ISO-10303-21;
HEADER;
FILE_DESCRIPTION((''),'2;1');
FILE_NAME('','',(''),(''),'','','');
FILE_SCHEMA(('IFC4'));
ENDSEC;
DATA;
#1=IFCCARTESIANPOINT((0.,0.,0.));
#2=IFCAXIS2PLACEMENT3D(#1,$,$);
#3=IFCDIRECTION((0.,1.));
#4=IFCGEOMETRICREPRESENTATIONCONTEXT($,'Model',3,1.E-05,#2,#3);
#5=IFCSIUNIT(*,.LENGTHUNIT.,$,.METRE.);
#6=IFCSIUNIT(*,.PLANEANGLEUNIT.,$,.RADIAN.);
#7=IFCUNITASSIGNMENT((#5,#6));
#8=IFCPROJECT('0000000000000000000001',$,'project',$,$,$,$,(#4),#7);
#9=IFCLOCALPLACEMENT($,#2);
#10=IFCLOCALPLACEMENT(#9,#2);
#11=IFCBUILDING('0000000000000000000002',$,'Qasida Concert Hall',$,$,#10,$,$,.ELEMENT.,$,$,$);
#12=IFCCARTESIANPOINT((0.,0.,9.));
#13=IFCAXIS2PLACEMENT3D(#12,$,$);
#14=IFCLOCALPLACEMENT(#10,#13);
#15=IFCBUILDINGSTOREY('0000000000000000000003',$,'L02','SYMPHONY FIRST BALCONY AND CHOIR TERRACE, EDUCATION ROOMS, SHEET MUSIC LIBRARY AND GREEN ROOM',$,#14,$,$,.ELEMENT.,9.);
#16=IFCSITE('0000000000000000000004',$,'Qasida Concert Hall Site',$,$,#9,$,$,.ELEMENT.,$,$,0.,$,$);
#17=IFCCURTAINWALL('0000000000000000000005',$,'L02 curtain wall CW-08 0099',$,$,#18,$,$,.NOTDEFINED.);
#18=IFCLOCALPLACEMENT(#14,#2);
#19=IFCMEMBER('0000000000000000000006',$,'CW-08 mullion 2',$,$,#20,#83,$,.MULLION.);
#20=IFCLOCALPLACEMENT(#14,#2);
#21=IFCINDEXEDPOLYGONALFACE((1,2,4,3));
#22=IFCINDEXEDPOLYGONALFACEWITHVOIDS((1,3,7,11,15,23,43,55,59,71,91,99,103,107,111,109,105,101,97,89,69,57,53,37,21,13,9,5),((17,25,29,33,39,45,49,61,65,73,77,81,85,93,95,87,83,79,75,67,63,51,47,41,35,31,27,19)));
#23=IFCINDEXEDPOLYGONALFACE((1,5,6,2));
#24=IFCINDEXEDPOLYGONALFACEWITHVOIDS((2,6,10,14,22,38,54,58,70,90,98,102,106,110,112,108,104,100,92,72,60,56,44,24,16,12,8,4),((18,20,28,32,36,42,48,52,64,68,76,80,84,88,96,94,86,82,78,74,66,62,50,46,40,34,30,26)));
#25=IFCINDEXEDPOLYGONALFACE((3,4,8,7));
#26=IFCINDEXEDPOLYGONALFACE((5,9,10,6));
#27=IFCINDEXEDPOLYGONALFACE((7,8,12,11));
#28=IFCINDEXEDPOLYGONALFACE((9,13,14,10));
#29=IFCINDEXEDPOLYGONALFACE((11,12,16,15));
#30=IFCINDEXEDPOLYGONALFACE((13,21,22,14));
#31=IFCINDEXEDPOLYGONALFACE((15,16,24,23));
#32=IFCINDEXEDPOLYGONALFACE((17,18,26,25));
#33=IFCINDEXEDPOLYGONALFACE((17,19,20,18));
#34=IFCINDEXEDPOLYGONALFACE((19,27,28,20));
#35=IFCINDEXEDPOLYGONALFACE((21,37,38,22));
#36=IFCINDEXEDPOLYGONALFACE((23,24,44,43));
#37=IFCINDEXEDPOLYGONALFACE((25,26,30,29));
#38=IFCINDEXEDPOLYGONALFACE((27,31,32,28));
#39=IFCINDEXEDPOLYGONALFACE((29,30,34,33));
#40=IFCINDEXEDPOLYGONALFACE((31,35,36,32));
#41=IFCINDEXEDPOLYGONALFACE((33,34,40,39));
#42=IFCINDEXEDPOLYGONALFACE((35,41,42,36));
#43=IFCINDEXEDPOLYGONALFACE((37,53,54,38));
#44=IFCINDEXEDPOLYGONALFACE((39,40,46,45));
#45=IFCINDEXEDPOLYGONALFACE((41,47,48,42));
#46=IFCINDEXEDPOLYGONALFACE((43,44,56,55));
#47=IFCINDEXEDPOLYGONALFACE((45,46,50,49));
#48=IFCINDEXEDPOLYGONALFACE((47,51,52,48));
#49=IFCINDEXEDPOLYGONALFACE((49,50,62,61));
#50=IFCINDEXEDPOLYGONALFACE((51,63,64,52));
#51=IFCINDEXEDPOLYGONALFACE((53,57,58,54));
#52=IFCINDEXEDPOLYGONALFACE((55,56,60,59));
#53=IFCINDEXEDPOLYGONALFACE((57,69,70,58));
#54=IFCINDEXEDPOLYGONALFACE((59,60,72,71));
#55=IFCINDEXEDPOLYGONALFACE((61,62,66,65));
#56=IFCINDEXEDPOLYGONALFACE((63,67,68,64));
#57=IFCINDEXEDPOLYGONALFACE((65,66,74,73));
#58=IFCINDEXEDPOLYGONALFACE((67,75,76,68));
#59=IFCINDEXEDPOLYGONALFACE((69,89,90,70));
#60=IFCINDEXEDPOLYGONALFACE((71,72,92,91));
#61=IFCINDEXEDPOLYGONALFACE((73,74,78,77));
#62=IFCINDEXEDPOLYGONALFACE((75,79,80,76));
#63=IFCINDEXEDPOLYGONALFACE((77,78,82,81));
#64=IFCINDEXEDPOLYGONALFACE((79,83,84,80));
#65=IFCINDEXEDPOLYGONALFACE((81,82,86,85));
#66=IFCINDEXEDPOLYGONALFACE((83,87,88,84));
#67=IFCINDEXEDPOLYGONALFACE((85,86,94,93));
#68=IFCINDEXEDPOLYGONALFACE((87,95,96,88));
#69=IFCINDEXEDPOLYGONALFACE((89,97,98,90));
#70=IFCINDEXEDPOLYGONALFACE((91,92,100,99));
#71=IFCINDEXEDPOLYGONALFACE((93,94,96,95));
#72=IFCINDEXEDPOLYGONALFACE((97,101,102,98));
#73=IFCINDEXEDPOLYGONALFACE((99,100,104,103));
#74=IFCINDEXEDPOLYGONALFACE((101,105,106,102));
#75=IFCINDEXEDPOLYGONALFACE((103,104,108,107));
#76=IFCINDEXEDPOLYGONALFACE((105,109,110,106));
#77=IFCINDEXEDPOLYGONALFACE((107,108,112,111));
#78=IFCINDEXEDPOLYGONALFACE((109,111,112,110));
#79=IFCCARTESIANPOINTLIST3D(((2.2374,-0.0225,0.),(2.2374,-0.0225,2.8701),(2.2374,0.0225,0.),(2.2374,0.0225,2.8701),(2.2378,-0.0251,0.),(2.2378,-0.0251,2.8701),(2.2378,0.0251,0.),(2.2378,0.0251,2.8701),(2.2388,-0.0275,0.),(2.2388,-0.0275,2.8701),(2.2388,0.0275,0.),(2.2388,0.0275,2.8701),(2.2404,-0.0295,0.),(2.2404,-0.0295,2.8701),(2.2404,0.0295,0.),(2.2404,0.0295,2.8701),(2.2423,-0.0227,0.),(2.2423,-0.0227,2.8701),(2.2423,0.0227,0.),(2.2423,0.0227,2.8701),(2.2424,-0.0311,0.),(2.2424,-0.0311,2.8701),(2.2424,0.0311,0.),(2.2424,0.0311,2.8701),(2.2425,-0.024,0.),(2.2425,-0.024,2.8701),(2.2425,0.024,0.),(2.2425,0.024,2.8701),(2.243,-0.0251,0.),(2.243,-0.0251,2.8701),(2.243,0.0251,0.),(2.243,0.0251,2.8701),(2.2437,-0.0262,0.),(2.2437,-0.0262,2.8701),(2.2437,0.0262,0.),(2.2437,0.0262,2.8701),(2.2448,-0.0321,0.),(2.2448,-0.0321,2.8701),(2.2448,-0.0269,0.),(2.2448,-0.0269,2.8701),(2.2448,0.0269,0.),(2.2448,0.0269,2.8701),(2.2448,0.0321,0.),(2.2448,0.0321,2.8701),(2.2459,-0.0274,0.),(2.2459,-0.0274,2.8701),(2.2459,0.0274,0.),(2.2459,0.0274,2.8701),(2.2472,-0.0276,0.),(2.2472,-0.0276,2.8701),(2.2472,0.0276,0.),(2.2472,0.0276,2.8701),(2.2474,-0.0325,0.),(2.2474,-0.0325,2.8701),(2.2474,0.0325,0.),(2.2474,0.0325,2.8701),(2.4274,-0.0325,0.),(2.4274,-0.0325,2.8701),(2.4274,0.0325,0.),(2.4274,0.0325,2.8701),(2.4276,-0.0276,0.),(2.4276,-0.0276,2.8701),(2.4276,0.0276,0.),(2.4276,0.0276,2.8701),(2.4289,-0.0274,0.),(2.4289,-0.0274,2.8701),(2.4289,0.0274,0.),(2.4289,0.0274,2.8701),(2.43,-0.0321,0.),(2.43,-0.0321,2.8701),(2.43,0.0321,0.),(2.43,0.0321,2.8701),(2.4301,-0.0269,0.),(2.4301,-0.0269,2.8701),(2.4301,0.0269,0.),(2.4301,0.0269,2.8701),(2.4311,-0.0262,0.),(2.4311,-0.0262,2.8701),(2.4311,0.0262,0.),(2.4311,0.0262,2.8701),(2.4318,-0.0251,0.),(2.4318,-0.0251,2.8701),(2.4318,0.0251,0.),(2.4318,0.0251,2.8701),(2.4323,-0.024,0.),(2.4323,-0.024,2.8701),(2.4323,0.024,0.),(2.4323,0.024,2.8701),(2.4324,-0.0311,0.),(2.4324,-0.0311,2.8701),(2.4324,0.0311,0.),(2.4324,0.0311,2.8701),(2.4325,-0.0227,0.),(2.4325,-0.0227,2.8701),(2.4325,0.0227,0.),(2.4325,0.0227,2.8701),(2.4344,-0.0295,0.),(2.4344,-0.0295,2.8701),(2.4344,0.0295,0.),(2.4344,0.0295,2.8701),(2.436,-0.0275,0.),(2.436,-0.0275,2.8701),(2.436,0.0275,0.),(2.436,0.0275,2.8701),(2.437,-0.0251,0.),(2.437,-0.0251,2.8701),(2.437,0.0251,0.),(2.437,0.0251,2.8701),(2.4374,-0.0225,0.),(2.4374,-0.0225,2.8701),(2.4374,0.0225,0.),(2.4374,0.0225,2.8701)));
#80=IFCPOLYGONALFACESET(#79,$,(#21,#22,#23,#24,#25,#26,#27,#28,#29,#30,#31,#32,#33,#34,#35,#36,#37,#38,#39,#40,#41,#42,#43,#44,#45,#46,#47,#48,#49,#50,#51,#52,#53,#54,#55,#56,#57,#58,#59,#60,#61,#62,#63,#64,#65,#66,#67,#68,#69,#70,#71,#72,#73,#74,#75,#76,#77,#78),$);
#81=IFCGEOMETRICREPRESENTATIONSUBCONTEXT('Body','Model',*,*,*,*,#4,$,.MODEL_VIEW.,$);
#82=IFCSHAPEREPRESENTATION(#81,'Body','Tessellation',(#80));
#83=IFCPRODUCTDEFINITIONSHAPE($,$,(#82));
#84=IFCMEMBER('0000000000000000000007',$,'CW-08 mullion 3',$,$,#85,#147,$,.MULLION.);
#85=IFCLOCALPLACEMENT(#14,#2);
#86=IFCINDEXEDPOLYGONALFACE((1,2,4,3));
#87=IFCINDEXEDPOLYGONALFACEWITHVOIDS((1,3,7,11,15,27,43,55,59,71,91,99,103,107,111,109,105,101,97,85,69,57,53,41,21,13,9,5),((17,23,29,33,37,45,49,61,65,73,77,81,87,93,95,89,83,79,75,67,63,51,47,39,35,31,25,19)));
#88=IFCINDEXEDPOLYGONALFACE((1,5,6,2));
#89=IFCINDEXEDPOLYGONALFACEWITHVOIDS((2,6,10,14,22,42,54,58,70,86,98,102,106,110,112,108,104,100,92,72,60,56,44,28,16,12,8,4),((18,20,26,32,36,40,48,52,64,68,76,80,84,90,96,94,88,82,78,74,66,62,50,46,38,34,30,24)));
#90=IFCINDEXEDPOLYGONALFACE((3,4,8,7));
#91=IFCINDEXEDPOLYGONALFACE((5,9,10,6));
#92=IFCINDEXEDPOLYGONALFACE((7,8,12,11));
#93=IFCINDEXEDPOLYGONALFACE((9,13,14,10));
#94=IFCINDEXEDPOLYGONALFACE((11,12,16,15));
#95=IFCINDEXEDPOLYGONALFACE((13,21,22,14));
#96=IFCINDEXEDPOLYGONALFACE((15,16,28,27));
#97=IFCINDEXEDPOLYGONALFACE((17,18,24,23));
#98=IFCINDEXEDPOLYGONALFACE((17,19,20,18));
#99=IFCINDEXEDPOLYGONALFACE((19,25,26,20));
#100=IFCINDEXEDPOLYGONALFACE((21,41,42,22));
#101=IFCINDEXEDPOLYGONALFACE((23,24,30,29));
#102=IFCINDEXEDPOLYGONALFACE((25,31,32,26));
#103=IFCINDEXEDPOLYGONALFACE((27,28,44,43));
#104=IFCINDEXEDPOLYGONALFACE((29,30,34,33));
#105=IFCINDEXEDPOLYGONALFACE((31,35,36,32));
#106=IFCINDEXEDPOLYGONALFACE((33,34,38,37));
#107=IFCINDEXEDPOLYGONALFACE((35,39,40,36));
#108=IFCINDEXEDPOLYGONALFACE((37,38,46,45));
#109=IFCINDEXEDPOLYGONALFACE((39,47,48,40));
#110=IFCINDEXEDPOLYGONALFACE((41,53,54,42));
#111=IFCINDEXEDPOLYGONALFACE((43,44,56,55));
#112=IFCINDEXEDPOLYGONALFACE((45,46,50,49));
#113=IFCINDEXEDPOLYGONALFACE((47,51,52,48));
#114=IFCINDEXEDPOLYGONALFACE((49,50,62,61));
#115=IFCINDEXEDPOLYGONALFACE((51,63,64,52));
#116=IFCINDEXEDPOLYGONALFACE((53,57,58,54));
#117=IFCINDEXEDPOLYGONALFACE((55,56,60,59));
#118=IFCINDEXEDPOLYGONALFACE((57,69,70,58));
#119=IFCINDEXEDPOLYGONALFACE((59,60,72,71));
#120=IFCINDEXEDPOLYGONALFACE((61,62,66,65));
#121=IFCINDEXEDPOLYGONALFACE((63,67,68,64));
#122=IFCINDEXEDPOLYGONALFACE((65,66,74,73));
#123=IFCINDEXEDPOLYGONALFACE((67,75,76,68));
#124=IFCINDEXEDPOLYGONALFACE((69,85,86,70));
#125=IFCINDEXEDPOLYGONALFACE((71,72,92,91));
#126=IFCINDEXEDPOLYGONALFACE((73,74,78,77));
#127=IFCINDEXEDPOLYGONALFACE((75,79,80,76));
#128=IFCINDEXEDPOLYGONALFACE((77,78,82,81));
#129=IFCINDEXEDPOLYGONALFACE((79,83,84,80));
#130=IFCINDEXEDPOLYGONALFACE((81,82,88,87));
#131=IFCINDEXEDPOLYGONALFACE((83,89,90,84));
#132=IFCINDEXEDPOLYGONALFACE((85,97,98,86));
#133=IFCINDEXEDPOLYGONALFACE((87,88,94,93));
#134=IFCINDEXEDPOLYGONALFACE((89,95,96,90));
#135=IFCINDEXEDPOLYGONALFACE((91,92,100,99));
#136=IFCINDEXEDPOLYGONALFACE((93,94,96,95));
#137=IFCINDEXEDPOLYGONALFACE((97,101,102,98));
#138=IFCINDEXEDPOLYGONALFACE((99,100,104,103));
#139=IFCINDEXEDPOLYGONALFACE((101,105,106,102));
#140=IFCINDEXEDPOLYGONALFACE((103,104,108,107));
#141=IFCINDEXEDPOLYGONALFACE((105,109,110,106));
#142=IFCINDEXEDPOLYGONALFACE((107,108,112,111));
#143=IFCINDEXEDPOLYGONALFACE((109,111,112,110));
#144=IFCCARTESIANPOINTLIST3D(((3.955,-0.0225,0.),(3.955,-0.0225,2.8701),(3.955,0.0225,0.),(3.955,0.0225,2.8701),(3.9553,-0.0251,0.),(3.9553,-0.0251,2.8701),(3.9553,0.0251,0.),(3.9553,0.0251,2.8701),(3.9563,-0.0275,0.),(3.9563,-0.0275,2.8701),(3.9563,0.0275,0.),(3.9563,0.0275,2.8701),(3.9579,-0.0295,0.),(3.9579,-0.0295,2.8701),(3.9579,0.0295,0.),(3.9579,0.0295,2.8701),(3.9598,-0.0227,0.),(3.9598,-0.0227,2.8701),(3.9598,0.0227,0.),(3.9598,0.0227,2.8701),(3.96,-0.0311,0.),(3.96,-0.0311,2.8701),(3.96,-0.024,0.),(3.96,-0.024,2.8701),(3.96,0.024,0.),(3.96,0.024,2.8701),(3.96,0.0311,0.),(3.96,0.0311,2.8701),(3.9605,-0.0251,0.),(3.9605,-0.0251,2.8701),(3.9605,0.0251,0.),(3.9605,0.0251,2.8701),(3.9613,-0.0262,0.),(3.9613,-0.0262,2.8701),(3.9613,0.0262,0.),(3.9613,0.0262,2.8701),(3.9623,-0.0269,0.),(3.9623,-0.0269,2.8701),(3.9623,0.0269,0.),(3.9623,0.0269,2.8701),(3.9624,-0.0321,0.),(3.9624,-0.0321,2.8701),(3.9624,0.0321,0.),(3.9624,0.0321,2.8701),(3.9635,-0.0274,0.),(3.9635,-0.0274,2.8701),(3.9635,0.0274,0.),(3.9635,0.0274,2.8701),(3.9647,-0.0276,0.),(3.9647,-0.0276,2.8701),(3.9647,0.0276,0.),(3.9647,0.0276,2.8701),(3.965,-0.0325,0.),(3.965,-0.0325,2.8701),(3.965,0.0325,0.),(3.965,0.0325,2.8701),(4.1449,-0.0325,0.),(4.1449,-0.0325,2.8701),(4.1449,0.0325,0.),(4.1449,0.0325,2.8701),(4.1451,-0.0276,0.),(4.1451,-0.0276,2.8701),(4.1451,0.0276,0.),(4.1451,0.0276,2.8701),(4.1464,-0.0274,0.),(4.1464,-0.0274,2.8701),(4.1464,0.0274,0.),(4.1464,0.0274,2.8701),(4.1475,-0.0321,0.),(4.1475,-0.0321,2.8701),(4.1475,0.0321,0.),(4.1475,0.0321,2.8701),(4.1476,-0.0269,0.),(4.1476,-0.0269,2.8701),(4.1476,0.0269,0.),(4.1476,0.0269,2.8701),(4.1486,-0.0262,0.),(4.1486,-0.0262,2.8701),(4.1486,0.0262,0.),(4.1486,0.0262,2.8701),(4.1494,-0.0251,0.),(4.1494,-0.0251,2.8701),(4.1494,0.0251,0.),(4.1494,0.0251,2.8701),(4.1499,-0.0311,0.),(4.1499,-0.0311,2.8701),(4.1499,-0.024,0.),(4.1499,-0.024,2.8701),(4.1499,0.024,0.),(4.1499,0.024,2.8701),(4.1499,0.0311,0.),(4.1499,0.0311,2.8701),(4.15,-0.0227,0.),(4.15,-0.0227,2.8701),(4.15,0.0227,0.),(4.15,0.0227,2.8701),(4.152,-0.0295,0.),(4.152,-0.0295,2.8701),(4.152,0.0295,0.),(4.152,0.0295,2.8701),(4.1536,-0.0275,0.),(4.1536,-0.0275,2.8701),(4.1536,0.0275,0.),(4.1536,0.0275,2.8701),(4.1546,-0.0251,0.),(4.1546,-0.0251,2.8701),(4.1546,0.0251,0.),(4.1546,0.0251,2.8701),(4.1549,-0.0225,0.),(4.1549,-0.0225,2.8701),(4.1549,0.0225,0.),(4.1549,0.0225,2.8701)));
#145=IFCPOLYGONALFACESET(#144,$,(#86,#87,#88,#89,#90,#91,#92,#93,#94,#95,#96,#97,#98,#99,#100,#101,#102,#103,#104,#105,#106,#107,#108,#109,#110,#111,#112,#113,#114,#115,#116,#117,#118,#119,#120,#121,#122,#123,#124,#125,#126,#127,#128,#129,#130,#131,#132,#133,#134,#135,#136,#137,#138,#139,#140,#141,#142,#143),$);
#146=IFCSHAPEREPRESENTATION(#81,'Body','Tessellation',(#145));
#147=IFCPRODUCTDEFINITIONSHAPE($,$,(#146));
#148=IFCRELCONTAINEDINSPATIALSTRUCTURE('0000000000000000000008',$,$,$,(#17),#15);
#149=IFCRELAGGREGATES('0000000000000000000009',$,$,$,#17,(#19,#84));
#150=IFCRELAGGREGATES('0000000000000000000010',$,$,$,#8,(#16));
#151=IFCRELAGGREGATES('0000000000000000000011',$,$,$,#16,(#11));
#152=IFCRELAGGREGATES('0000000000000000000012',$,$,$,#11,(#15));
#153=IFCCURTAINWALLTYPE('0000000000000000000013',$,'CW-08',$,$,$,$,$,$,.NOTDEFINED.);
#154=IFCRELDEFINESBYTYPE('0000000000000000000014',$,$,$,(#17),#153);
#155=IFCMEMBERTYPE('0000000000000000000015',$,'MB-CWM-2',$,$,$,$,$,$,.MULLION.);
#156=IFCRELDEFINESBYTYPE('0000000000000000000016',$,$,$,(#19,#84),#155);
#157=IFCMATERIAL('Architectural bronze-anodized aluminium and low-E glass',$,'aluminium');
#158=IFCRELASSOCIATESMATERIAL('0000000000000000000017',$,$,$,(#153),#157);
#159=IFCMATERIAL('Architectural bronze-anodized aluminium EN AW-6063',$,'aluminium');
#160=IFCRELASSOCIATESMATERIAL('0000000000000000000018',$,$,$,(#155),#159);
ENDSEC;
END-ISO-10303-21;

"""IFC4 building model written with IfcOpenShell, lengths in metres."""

from ifc_helpers import new_model, si_unit, direction, frame, origin, origin_2d, place, context, subcontext, project, spatial, hollow_rectangle, extrude, material, material_profile, profile_set, type_object, element, aggregate, save


model = new_model("IFC4")

# Units and contexts
model_context = context("Model", 3, precision=1e-05, world=origin(), true_north=direction((0.0, 1.0)))
body_context = subcontext(model_context, "Body", "Model", "MODEL_VIEW")
ifc_project = project(units=[si_unit("LENGTHUNIT", "METRE"), si_unit("PLANEANGLEUNIT", "RADIAN")], contexts=[model_context])

# Site, building, storey
site_placement = place(None, origin())
site = spatial("IfcSite", under=ifc_project, at=site_placement, Name="Qasida Concert Hall Site", CompositionType="ELEMENT", RefElevation=0.0)
building_placement = place(site_placement, origin())
building = spatial("IfcBuilding", under=site, at=building_placement, Name="Qasida Concert Hall", CompositionType="ELEMENT")
storey_placement = place(building_placement, frame((0.0, 0.0, 9.0)))
storey = spatial("IfcBuildingStorey", under=building, at=storey_placement, Name="L02", Description="SYMPHONY FIRST BALCONY AND CHOIR TERRACE, EDUCATION ROOMS, SHEET MUSIC LIBRARY AND GREEN ROOM", CompositionType="ELEMENT", Elevation=9.0)

# Curtain wall, members
ifc_material_1 = material(Name="Architectural bronze-anodized aluminium and low-E glass", Category="aluminium")
curtain_wall_type = type_object("IfcCurtainWallType", Name="CW-08", PredefinedType="NOTDEFINED", material=ifc_material_1)
curtain_wall_placement = place(storey_placement, origin())
curtain_wall = element("IfcCurtainWall", 1, at=curtain_wall_placement, inside=storey, type_object=curtain_wall_type, Name="L02 curtain wall CW-08 0099", PredefinedType="NOTDEFINED")
ifc_material_2 = material(Name="Architectural bronze-anodized aluminium EN AW-6063", Category="aluminium")
ifc_material_profile_1 = material_profile(ifc_material_2, hollow_rectangle(XDim=0.0649, YDim=0.2, WallThickness=0.0049, InnerFilletRadius=0.0049, OuterFilletRadius=0.01, at=origin_2d()), Name="CWM 200x65x5")
ifc_profile_set_1 = profile_set([ifc_material_profile_1], Name="Architectural bronze-anodized aluminium EN AW-6063")
member_type_1 = type_object("IfcMemberType", Name="MB-CWM-2", PredefinedType="MULLION", material=ifc_profile_set_1)
member_1_placement = place(storey_placement, frame((2.3374, 0.0, 0.0), z_axis=(0.0, 0.0, 1.0), x_axis=(0.0, 1.0, 0.0)))
member_1 = element("IfcMember", 2, at=member_1_placement, type_object=member_type_1, Name="CW-08 mullion 2", PredefinedType="MULLION", context=body_context, shape_type="SweptSolid", body=[
    extrude(hollow_rectangle(XDim=0.0649, YDim=0.2, WallThickness=0.0049, InnerFilletRadius=0.0049, OuterFilletRadius=0.01, at=origin_2d()), origin(), (0.0, 0.0, 1.0), 2.8701),
])
member_2_placement = place(storey_placement, frame((4.0549, 0.0, 0.0), z_axis=(0.0, 0.0, 1.0), x_axis=(0.0, 1.0, 0.0)))
member_2 = element("IfcMember", 3, at=member_2_placement, type_object=member_type_1, Name="CW-08 mullion 3", PredefinedType="MULLION", context=body_context, shape_type="SweptSolid", body=[
    extrude(hollow_rectangle(XDim=0.0649, YDim=0.2, WallThickness=0.0049, InnerFilletRadius=0.0049, OuterFilletRadius=0.01, at=origin_2d()), origin(), (0.0, 0.0, 1.0), 2.8701),
])
aggregate(curtain_wall, [member_1, member_2])

save(model, "model.ifc")
